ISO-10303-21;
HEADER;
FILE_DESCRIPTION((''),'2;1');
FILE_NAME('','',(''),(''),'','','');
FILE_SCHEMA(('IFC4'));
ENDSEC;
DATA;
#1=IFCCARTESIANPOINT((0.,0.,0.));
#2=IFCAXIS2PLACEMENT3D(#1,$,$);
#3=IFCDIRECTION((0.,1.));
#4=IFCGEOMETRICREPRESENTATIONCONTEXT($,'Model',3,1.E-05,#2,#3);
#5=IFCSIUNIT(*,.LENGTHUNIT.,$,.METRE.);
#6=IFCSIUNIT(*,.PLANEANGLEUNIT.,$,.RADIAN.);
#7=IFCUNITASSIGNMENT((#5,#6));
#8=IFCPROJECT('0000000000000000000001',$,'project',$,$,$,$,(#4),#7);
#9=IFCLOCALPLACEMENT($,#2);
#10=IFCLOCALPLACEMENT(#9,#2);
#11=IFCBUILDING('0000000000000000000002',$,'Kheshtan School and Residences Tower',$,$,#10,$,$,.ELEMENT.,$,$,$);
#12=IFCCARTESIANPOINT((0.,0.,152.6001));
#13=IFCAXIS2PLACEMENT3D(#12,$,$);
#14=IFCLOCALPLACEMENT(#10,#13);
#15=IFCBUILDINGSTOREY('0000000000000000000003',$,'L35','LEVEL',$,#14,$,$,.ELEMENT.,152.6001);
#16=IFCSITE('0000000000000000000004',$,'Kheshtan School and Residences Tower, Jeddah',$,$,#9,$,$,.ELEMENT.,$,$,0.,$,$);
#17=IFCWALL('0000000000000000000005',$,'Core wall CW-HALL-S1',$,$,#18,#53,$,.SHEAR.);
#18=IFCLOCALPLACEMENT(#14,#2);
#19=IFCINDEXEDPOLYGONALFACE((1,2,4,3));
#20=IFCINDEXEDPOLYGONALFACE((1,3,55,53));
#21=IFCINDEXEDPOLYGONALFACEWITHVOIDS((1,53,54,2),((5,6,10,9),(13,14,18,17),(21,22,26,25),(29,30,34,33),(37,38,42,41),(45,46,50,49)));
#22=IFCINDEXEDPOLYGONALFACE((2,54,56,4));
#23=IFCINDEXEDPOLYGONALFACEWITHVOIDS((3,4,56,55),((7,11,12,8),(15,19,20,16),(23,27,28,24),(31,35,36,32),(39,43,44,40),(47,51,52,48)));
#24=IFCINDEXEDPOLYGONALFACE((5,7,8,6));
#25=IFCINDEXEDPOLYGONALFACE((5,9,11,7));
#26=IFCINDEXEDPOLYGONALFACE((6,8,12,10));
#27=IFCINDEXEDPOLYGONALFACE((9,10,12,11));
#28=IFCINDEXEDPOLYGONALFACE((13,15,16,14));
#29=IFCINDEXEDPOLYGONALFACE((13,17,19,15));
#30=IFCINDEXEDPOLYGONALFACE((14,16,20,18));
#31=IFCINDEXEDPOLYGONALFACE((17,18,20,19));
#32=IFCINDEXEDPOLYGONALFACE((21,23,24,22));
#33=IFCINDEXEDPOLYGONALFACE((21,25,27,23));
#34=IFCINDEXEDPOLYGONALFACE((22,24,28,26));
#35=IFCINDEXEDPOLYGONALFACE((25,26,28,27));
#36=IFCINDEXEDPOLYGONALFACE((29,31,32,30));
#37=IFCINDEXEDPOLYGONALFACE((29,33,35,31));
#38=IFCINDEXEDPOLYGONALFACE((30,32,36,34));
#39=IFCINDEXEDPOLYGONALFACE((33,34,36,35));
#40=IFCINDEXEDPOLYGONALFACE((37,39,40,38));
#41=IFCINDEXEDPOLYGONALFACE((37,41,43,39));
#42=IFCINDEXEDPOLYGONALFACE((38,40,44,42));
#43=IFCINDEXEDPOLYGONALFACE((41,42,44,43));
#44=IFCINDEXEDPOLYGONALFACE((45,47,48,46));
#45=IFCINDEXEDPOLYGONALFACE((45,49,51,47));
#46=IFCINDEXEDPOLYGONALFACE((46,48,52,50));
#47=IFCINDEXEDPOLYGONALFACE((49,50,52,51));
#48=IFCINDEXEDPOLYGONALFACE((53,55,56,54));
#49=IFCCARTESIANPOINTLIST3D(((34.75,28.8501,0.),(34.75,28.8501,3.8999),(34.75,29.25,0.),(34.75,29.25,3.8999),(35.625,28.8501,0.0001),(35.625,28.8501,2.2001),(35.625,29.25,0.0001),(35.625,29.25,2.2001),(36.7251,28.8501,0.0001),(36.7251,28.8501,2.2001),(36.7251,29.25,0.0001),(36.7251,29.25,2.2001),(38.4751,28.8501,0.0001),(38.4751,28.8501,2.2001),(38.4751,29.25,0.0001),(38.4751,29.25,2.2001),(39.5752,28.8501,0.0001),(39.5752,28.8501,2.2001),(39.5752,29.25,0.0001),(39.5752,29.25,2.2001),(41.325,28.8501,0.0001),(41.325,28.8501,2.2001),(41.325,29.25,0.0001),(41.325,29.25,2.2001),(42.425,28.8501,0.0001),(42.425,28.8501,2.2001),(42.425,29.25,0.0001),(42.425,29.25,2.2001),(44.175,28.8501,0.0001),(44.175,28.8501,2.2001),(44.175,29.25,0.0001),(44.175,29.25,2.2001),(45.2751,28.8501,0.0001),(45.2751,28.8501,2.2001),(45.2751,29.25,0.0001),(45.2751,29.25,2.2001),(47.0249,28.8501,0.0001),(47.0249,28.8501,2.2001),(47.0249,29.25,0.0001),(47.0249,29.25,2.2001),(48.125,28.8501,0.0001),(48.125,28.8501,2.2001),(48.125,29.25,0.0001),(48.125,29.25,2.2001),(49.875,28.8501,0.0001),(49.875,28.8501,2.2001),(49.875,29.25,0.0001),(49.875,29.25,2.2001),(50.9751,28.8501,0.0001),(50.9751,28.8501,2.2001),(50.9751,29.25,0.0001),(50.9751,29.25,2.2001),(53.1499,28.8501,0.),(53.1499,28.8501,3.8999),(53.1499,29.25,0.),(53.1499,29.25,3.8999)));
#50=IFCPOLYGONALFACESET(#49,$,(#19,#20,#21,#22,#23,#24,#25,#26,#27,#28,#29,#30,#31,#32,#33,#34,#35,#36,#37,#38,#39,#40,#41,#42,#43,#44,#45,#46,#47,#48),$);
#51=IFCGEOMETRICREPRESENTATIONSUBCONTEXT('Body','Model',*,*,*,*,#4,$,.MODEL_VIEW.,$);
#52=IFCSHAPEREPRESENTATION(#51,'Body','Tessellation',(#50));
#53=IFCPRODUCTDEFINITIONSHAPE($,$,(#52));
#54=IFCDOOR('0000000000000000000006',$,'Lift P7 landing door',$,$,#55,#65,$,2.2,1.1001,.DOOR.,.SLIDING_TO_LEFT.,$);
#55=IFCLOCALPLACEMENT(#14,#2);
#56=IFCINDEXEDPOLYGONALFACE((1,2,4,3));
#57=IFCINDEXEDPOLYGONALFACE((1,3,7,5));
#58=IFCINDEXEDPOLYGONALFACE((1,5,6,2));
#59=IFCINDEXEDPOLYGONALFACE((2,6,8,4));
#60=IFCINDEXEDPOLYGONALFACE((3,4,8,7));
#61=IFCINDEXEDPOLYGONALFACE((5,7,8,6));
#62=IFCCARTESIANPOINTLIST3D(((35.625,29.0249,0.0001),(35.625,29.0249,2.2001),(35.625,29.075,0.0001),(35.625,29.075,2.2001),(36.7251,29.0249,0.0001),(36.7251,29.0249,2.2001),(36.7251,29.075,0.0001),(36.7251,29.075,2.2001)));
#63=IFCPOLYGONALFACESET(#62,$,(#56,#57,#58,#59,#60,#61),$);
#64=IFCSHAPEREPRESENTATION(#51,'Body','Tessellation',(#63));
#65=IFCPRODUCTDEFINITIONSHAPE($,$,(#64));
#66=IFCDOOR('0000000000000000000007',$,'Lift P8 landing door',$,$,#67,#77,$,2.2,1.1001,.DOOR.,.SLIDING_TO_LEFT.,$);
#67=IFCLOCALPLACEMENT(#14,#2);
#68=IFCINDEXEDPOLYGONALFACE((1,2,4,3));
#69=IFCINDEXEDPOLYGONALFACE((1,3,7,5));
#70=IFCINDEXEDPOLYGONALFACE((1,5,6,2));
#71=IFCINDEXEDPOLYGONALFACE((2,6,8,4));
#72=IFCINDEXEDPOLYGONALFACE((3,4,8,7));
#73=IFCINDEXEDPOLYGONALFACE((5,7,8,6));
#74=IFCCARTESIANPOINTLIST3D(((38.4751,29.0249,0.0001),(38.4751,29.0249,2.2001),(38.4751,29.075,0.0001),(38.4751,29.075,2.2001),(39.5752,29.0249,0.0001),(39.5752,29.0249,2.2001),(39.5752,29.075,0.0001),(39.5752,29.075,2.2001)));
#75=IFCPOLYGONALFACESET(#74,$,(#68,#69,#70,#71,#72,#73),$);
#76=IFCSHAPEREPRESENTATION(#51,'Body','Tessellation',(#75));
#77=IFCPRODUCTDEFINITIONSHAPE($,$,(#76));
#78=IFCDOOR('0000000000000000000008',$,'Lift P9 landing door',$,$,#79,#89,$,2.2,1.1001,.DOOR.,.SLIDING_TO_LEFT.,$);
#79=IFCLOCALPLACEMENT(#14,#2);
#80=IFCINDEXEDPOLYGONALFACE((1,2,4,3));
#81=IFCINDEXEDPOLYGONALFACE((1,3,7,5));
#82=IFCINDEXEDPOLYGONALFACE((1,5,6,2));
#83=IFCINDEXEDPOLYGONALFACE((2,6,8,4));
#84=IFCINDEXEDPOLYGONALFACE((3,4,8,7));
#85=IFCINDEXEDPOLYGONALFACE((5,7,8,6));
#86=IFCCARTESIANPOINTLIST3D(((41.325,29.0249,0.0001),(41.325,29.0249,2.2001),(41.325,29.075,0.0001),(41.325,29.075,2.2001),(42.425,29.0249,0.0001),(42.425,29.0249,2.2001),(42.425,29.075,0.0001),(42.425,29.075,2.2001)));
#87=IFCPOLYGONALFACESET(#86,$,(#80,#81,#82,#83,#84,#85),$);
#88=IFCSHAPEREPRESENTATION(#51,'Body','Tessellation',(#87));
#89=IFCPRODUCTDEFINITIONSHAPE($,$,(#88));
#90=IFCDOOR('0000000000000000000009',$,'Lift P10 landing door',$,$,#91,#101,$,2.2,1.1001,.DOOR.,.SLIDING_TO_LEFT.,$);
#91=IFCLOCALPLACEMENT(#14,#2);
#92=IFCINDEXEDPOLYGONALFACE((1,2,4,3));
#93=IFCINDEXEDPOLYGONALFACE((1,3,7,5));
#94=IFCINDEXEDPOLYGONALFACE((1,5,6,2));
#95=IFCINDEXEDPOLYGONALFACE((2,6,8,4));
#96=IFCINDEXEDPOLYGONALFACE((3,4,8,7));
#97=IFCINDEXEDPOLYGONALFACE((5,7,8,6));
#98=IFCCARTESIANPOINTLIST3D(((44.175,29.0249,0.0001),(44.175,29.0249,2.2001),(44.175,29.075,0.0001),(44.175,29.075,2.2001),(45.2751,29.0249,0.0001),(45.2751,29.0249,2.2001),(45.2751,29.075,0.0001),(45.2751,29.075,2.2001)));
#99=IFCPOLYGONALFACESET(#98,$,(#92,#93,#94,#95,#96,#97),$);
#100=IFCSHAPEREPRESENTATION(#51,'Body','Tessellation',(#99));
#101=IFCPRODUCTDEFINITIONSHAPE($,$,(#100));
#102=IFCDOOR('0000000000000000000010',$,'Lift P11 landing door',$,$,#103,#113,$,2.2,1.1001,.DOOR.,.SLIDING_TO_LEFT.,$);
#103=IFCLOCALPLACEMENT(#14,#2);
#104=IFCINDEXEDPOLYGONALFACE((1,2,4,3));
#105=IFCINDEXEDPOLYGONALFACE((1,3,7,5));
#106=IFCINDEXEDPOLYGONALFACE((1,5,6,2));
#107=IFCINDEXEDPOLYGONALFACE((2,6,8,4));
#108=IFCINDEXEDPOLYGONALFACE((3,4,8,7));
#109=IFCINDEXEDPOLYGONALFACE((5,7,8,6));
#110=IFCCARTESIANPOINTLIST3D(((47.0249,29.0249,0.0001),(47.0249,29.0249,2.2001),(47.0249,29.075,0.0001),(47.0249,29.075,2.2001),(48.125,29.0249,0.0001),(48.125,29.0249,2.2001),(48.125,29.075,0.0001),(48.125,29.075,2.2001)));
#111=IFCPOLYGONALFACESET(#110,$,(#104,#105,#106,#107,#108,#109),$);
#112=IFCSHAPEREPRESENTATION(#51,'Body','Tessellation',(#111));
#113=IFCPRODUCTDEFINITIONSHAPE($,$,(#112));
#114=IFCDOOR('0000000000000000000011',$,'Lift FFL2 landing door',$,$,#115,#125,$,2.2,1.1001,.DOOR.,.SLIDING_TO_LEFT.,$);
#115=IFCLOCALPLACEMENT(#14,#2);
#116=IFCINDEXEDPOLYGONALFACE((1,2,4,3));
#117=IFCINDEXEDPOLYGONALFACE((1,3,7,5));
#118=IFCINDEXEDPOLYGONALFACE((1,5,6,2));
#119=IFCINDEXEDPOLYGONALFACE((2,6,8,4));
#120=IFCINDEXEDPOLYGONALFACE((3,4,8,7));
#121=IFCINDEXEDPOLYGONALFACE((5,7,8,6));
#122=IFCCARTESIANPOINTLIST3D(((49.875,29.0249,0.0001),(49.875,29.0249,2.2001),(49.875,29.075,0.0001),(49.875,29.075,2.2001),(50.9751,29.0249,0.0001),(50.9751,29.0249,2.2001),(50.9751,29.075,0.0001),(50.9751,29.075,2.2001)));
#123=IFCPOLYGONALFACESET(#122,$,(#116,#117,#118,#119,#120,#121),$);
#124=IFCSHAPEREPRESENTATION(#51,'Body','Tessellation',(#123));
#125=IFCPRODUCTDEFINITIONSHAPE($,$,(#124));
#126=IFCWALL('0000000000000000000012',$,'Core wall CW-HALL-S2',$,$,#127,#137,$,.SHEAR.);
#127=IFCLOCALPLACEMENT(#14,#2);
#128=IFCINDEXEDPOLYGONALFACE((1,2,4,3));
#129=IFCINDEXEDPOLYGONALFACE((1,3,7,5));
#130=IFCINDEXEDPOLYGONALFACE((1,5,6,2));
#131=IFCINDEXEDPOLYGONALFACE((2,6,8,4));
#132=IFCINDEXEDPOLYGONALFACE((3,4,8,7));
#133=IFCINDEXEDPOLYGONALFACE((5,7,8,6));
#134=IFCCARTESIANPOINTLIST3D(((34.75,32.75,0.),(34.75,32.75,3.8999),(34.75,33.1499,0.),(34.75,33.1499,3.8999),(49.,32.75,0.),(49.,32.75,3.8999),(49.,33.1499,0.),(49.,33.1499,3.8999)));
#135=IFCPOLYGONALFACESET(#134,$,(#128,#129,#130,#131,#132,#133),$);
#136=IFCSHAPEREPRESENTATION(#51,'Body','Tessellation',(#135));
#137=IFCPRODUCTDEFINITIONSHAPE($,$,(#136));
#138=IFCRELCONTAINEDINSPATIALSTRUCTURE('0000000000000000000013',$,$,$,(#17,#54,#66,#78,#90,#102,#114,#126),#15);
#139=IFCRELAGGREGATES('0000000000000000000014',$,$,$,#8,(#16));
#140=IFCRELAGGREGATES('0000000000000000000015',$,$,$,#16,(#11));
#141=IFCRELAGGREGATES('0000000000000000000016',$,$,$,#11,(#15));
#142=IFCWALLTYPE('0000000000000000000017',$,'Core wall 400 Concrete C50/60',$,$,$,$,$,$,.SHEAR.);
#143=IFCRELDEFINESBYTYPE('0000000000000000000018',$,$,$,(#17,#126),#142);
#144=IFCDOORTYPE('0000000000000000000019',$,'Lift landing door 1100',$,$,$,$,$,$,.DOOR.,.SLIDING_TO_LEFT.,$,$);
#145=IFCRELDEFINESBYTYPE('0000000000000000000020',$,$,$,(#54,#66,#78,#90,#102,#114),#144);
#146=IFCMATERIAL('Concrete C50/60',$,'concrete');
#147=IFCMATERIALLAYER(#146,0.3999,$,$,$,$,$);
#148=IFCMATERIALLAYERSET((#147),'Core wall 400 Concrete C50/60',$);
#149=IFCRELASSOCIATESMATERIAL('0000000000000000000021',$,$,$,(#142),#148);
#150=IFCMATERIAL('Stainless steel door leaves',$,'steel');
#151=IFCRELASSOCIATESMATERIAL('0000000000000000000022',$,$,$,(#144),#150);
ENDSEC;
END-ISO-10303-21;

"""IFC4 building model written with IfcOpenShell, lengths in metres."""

from ifc_helpers import new_model, si_unit, direction, frame, frame_2d, origin, place, context, subcontext, project, spatial, rectangle, extrude, source, transform, mapped, material, layer, layer_set, type_object, element, fill, save


model = new_model("IFC4")

# Units and contexts
model_context = context("Model", 3, precision=1e-05, world=origin(), true_north=direction((0.0, 1.0)))
body_context = subcontext(model_context, "Body", "Model", "MODEL_VIEW")
ifc_project = project(units=[si_unit("LENGTHUNIT", "METRE"), si_unit("PLANEANGLEUNIT", "RADIAN")], contexts=[model_context])

# Site, building, storey
site_placement = place(None, origin())
site = spatial("IfcSite", under=ifc_project, at=site_placement, Name="Kheshtan School and Residences Tower, Jeddah", CompositionType="ELEMENT", RefElevation=0.0)
building_placement = place(site_placement, origin())
building = spatial("IfcBuilding", under=site, at=building_placement, Name="Kheshtan School and Residences Tower", CompositionType="ELEMENT")
storey_placement = place(building_placement, frame((0.0, 0.0, 152.6001)))
storey = spatial("IfcBuildingStorey", under=building, at=storey_placement, Name="L35", Description="LEVEL", CompositionType="ELEMENT", Elevation=152.6001)

# Wall, openings, doors
ifc_material_1 = material(Name="Concrete C50/60", Category="concrete")
ifc_layer_1 = layer(ifc_material_1, 0.3999)
ifc_layer_set_1 = layer_set([ifc_layer_1], Name="Core wall 400 Concrete C50/60")
wall_type_1 = type_object("IfcWallType", Name="Core wall 400 Concrete C50/60", PredefinedType="SHEAR", material=ifc_layer_set_1)
wall_1_placement = place(storey_placement, frame((34.75, 29.05, 0.0), z_axis=(0.0, 0.0, 1.0), x_axis=(1.0, 0.0, 0.0)))
wall_1 = element("IfcWall", 1, at=wall_1_placement, inside=storey, type_object=wall_type_1, Name="Core wall CW-HALL-S1", PredefinedType="SHEAR", context=body_context, shape_type="SweptSolid", body=[
    extrude(rectangle(XDim=18.3999, YDim=0.3999, at=frame_2d((9.2, 0.0))), origin(), (0.0, 0.0, 1.0), 3.8999),
])
opening_1_placement = place(wall_1_placement, frame((0.875, 0.0, 0.0)))
opening_1 = element("IfcOpeningElement", 2, at=opening_1_placement, cuts=wall_1, PredefinedType="OPENING", context=body_context, shape_type="SweptSolid", body=[
    extrude(rectangle(XDim=1.1001, YDim=2.2, at=frame_2d((0.55, 1.1001))), frame((0.0, 0.21, 0.0), z_axis=(0.0, -1.0, 0.0), x_axis=(1.0, 0.0, 0.0)), (0.0, 0.0, 1.0), 0.4199),
])
opening_2_placement = place(wall_1_placement, frame((3.7251, 0.0, 0.0)))
opening_2 = element("IfcOpeningElement", 3, at=opening_2_placement, cuts=wall_1, PredefinedType="OPENING", context=body_context, shape_type="SweptSolid", body=[
    extrude(rectangle(XDim=1.1001, YDim=2.2, at=frame_2d((0.55, 1.1001))), frame((0.0, 0.21, 0.0), z_axis=(0.0, -1.0, 0.0), x_axis=(1.0, 0.0, 0.0)), (0.0, 0.0, 1.0), 0.4199),
])
opening_3_placement = place(wall_1_placement, frame((6.575, 0.0, 0.0)))
opening_3 = element("IfcOpeningElement", 4, at=opening_3_placement, cuts=wall_1, PredefinedType="OPENING", context=body_context, shape_type="SweptSolid", body=[
    extrude(rectangle(XDim=1.1001, YDim=2.2, at=frame_2d((0.55, 1.1001))), frame((0.0, 0.21, 0.0), z_axis=(0.0, -1.0, 0.0), x_axis=(1.0, 0.0, 0.0)), (0.0, 0.0, 1.0), 0.4199),
])
opening_4_placement = place(wall_1_placement, frame((9.425, 0.0, 0.0)))
opening_4 = element("IfcOpeningElement", 5, at=opening_4_placement, cuts=wall_1, PredefinedType="OPENING", context=body_context, shape_type="SweptSolid", body=[
    extrude(rectangle(XDim=1.1001, YDim=2.2, at=frame_2d((0.55, 1.1001))), frame((0.0, 0.21, 0.0), z_axis=(0.0, -1.0, 0.0), x_axis=(1.0, 0.0, 0.0)), (0.0, 0.0, 1.0), 0.4199),
])
opening_5_placement = place(wall_1_placement, frame((12.2749, 0.0, 0.0)))
opening_5 = element("IfcOpeningElement", 6, at=opening_5_placement, cuts=wall_1, PredefinedType="OPENING", context=body_context, shape_type="SweptSolid", body=[
    extrude(rectangle(XDim=1.1001, YDim=2.2, at=frame_2d((0.55, 1.1001))), frame((0.0, 0.21, 0.0), z_axis=(0.0, -1.0, 0.0), x_axis=(1.0, 0.0, 0.0)), (0.0, 0.0, 1.0), 0.4199),
])
opening_6_placement = place(wall_1_placement, frame((15.125, 0.0, 0.0)))
opening_6 = element("IfcOpeningElement", 7, at=opening_6_placement, cuts=wall_1, PredefinedType="OPENING", context=body_context, shape_type="SweptSolid", body=[
    extrude(rectangle(XDim=1.1001, YDim=2.2, at=frame_2d((0.55, 1.1001))), frame((0.0, 0.21, 0.0), z_axis=(0.0, -1.0, 0.0), x_axis=(1.0, 0.0, 0.0)), (0.0, 0.0, 1.0), 0.4199),
])
ifc_material_2 = material(Name="Stainless steel door leaves", Category="steel")
door_type_1 = type_object("IfcDoorType", Name="Lift landing door 1100", OperationType="SLIDING_TO_LEFT", PredefinedType="DOOR", material=ifc_material_2)
shared_shape_1 = source(origin(), body_context, "Body", "SweptSolid", [
    extrude(rectangle(XDim=1.1001, YDim=2.2, at=frame_2d((0.55, 1.1001))), frame((0.0, 0.0249, 0.0), z_axis=(0.0, -1.0, 0.0), x_axis=(1.0, 0.0, 0.0)), (0.0, 0.0, 1.0), 0.05),
])
door_1_placement = place(opening_1_placement, origin())
door_1 = element("IfcDoor", 8, at=door_1_placement, inside=storey, type_object=door_type_1, Name="Lift P7 landing door", OperationType="SLIDING_TO_LEFT", OverallHeight=2.2, OverallWidth=1.1001, PredefinedType="DOOR", context=body_context, shape_type="MappedRepresentation", body=[
    mapped(shared_shape_1, transform((0.0, 0.0, 0.0), x_axis=(1.0, 0.0, 0.0), y_axis=(0.0, 1.0, 0.0), z_axis=(0.0, 0.0, 1.0), scale=1.0)),
])
fill(opening_1, door_1)
door_2_placement = place(opening_2_placement, origin())
door_2 = element("IfcDoor", 9, at=door_2_placement, inside=storey, type_object=door_type_1, Name="Lift P8 landing door", OperationType="SLIDING_TO_LEFT", OverallHeight=2.2, OverallWidth=1.1001, PredefinedType="DOOR", context=body_context, shape_type="MappedRepresentation", body=[
    mapped(shared_shape_1, transform((0.0, 0.0, 0.0), x_axis=(1.0, 0.0, 0.0), y_axis=(0.0, 1.0, 0.0), z_axis=(0.0, 0.0, 1.0), scale=1.0)),
])
fill(opening_2, door_2)
door_3_placement = place(opening_3_placement, origin())
door_3 = element("IfcDoor", 10, at=door_3_placement, inside=storey, type_object=door_type_1, Name="Lift P9 landing door", OperationType="SLIDING_TO_LEFT", OverallHeight=2.2, OverallWidth=1.1001, PredefinedType="DOOR", context=body_context, shape_type="MappedRepresentation", body=[
    mapped(shared_shape_1, transform((0.0, 0.0, 0.0), x_axis=(1.0, 0.0, 0.0), y_axis=(0.0, 1.0, 0.0), z_axis=(0.0, 0.0, 1.0), scale=1.0)),
])
fill(opening_3, door_3)
door_4_placement = place(opening_4_placement, origin())
door_4 = element("IfcDoor", 11, at=door_4_placement, inside=storey, type_object=door_type_1, Name="Lift P10 landing door", OperationType="SLIDING_TO_LEFT", OverallHeight=2.2, OverallWidth=1.1001, PredefinedType="DOOR", context=body_context, shape_type="MappedRepresentation", body=[
    mapped(shared_shape_1, transform((0.0, 0.0, 0.0), x_axis=(1.0, 0.0, 0.0), y_axis=(0.0, 1.0, 0.0), z_axis=(0.0, 0.0, 1.0), scale=1.0)),
])
fill(opening_4, door_4)
door_5_placement = place(opening_5_placement, origin())
door_5 = element("IfcDoor", 12, at=door_5_placement, inside=storey, type_object=door_type_1, Name="Lift P11 landing door", OperationType="SLIDING_TO_LEFT", OverallHeight=2.2, OverallWidth=1.1001, PredefinedType="DOOR", context=body_context, shape_type="MappedRepresentation", body=[
    mapped(shared_shape_1, transform((0.0, 0.0, 0.0), x_axis=(1.0, 0.0, 0.0), y_axis=(0.0, 1.0, 0.0), z_axis=(0.0, 0.0, 1.0), scale=1.0)),
])
fill(opening_5, door_5)
door_6_placement = place(opening_6_placement, origin())
door_6 = element("IfcDoor", 13, at=door_6_placement, inside=storey, type_object=door_type_1, Name="Lift FFL2 landing door", OperationType="SLIDING_TO_LEFT", OverallHeight=2.2, OverallWidth=1.1001, PredefinedType="DOOR", context=body_context, shape_type="MappedRepresentation", body=[
    mapped(shared_shape_1, transform((0.0, 0.0, 0.0), x_axis=(1.0, 0.0, 0.0), y_axis=(0.0, 1.0, 0.0), z_axis=(0.0, 0.0, 1.0), scale=1.0)),
])
fill(opening_6, door_6)

# Wall
wall_2_placement = place(storey_placement, frame((34.75, 32.95, 0.0), z_axis=(0.0, 0.0, 1.0), x_axis=(1.0, 0.0, 0.0)))
element("IfcWall", 14, at=wall_2_placement, inside=storey, type_object=wall_type_1, Name="Core wall CW-HALL-S2", PredefinedType="SHEAR", context=body_context, shape_type="SweptSolid", body=[
    extrude(rectangle(XDim=14.25, YDim=0.3999, at=frame_2d((7.125, 0.0))), origin(), (0.0, 0.0, 1.0), 3.8999),
])

save(model, "model.ifc")
